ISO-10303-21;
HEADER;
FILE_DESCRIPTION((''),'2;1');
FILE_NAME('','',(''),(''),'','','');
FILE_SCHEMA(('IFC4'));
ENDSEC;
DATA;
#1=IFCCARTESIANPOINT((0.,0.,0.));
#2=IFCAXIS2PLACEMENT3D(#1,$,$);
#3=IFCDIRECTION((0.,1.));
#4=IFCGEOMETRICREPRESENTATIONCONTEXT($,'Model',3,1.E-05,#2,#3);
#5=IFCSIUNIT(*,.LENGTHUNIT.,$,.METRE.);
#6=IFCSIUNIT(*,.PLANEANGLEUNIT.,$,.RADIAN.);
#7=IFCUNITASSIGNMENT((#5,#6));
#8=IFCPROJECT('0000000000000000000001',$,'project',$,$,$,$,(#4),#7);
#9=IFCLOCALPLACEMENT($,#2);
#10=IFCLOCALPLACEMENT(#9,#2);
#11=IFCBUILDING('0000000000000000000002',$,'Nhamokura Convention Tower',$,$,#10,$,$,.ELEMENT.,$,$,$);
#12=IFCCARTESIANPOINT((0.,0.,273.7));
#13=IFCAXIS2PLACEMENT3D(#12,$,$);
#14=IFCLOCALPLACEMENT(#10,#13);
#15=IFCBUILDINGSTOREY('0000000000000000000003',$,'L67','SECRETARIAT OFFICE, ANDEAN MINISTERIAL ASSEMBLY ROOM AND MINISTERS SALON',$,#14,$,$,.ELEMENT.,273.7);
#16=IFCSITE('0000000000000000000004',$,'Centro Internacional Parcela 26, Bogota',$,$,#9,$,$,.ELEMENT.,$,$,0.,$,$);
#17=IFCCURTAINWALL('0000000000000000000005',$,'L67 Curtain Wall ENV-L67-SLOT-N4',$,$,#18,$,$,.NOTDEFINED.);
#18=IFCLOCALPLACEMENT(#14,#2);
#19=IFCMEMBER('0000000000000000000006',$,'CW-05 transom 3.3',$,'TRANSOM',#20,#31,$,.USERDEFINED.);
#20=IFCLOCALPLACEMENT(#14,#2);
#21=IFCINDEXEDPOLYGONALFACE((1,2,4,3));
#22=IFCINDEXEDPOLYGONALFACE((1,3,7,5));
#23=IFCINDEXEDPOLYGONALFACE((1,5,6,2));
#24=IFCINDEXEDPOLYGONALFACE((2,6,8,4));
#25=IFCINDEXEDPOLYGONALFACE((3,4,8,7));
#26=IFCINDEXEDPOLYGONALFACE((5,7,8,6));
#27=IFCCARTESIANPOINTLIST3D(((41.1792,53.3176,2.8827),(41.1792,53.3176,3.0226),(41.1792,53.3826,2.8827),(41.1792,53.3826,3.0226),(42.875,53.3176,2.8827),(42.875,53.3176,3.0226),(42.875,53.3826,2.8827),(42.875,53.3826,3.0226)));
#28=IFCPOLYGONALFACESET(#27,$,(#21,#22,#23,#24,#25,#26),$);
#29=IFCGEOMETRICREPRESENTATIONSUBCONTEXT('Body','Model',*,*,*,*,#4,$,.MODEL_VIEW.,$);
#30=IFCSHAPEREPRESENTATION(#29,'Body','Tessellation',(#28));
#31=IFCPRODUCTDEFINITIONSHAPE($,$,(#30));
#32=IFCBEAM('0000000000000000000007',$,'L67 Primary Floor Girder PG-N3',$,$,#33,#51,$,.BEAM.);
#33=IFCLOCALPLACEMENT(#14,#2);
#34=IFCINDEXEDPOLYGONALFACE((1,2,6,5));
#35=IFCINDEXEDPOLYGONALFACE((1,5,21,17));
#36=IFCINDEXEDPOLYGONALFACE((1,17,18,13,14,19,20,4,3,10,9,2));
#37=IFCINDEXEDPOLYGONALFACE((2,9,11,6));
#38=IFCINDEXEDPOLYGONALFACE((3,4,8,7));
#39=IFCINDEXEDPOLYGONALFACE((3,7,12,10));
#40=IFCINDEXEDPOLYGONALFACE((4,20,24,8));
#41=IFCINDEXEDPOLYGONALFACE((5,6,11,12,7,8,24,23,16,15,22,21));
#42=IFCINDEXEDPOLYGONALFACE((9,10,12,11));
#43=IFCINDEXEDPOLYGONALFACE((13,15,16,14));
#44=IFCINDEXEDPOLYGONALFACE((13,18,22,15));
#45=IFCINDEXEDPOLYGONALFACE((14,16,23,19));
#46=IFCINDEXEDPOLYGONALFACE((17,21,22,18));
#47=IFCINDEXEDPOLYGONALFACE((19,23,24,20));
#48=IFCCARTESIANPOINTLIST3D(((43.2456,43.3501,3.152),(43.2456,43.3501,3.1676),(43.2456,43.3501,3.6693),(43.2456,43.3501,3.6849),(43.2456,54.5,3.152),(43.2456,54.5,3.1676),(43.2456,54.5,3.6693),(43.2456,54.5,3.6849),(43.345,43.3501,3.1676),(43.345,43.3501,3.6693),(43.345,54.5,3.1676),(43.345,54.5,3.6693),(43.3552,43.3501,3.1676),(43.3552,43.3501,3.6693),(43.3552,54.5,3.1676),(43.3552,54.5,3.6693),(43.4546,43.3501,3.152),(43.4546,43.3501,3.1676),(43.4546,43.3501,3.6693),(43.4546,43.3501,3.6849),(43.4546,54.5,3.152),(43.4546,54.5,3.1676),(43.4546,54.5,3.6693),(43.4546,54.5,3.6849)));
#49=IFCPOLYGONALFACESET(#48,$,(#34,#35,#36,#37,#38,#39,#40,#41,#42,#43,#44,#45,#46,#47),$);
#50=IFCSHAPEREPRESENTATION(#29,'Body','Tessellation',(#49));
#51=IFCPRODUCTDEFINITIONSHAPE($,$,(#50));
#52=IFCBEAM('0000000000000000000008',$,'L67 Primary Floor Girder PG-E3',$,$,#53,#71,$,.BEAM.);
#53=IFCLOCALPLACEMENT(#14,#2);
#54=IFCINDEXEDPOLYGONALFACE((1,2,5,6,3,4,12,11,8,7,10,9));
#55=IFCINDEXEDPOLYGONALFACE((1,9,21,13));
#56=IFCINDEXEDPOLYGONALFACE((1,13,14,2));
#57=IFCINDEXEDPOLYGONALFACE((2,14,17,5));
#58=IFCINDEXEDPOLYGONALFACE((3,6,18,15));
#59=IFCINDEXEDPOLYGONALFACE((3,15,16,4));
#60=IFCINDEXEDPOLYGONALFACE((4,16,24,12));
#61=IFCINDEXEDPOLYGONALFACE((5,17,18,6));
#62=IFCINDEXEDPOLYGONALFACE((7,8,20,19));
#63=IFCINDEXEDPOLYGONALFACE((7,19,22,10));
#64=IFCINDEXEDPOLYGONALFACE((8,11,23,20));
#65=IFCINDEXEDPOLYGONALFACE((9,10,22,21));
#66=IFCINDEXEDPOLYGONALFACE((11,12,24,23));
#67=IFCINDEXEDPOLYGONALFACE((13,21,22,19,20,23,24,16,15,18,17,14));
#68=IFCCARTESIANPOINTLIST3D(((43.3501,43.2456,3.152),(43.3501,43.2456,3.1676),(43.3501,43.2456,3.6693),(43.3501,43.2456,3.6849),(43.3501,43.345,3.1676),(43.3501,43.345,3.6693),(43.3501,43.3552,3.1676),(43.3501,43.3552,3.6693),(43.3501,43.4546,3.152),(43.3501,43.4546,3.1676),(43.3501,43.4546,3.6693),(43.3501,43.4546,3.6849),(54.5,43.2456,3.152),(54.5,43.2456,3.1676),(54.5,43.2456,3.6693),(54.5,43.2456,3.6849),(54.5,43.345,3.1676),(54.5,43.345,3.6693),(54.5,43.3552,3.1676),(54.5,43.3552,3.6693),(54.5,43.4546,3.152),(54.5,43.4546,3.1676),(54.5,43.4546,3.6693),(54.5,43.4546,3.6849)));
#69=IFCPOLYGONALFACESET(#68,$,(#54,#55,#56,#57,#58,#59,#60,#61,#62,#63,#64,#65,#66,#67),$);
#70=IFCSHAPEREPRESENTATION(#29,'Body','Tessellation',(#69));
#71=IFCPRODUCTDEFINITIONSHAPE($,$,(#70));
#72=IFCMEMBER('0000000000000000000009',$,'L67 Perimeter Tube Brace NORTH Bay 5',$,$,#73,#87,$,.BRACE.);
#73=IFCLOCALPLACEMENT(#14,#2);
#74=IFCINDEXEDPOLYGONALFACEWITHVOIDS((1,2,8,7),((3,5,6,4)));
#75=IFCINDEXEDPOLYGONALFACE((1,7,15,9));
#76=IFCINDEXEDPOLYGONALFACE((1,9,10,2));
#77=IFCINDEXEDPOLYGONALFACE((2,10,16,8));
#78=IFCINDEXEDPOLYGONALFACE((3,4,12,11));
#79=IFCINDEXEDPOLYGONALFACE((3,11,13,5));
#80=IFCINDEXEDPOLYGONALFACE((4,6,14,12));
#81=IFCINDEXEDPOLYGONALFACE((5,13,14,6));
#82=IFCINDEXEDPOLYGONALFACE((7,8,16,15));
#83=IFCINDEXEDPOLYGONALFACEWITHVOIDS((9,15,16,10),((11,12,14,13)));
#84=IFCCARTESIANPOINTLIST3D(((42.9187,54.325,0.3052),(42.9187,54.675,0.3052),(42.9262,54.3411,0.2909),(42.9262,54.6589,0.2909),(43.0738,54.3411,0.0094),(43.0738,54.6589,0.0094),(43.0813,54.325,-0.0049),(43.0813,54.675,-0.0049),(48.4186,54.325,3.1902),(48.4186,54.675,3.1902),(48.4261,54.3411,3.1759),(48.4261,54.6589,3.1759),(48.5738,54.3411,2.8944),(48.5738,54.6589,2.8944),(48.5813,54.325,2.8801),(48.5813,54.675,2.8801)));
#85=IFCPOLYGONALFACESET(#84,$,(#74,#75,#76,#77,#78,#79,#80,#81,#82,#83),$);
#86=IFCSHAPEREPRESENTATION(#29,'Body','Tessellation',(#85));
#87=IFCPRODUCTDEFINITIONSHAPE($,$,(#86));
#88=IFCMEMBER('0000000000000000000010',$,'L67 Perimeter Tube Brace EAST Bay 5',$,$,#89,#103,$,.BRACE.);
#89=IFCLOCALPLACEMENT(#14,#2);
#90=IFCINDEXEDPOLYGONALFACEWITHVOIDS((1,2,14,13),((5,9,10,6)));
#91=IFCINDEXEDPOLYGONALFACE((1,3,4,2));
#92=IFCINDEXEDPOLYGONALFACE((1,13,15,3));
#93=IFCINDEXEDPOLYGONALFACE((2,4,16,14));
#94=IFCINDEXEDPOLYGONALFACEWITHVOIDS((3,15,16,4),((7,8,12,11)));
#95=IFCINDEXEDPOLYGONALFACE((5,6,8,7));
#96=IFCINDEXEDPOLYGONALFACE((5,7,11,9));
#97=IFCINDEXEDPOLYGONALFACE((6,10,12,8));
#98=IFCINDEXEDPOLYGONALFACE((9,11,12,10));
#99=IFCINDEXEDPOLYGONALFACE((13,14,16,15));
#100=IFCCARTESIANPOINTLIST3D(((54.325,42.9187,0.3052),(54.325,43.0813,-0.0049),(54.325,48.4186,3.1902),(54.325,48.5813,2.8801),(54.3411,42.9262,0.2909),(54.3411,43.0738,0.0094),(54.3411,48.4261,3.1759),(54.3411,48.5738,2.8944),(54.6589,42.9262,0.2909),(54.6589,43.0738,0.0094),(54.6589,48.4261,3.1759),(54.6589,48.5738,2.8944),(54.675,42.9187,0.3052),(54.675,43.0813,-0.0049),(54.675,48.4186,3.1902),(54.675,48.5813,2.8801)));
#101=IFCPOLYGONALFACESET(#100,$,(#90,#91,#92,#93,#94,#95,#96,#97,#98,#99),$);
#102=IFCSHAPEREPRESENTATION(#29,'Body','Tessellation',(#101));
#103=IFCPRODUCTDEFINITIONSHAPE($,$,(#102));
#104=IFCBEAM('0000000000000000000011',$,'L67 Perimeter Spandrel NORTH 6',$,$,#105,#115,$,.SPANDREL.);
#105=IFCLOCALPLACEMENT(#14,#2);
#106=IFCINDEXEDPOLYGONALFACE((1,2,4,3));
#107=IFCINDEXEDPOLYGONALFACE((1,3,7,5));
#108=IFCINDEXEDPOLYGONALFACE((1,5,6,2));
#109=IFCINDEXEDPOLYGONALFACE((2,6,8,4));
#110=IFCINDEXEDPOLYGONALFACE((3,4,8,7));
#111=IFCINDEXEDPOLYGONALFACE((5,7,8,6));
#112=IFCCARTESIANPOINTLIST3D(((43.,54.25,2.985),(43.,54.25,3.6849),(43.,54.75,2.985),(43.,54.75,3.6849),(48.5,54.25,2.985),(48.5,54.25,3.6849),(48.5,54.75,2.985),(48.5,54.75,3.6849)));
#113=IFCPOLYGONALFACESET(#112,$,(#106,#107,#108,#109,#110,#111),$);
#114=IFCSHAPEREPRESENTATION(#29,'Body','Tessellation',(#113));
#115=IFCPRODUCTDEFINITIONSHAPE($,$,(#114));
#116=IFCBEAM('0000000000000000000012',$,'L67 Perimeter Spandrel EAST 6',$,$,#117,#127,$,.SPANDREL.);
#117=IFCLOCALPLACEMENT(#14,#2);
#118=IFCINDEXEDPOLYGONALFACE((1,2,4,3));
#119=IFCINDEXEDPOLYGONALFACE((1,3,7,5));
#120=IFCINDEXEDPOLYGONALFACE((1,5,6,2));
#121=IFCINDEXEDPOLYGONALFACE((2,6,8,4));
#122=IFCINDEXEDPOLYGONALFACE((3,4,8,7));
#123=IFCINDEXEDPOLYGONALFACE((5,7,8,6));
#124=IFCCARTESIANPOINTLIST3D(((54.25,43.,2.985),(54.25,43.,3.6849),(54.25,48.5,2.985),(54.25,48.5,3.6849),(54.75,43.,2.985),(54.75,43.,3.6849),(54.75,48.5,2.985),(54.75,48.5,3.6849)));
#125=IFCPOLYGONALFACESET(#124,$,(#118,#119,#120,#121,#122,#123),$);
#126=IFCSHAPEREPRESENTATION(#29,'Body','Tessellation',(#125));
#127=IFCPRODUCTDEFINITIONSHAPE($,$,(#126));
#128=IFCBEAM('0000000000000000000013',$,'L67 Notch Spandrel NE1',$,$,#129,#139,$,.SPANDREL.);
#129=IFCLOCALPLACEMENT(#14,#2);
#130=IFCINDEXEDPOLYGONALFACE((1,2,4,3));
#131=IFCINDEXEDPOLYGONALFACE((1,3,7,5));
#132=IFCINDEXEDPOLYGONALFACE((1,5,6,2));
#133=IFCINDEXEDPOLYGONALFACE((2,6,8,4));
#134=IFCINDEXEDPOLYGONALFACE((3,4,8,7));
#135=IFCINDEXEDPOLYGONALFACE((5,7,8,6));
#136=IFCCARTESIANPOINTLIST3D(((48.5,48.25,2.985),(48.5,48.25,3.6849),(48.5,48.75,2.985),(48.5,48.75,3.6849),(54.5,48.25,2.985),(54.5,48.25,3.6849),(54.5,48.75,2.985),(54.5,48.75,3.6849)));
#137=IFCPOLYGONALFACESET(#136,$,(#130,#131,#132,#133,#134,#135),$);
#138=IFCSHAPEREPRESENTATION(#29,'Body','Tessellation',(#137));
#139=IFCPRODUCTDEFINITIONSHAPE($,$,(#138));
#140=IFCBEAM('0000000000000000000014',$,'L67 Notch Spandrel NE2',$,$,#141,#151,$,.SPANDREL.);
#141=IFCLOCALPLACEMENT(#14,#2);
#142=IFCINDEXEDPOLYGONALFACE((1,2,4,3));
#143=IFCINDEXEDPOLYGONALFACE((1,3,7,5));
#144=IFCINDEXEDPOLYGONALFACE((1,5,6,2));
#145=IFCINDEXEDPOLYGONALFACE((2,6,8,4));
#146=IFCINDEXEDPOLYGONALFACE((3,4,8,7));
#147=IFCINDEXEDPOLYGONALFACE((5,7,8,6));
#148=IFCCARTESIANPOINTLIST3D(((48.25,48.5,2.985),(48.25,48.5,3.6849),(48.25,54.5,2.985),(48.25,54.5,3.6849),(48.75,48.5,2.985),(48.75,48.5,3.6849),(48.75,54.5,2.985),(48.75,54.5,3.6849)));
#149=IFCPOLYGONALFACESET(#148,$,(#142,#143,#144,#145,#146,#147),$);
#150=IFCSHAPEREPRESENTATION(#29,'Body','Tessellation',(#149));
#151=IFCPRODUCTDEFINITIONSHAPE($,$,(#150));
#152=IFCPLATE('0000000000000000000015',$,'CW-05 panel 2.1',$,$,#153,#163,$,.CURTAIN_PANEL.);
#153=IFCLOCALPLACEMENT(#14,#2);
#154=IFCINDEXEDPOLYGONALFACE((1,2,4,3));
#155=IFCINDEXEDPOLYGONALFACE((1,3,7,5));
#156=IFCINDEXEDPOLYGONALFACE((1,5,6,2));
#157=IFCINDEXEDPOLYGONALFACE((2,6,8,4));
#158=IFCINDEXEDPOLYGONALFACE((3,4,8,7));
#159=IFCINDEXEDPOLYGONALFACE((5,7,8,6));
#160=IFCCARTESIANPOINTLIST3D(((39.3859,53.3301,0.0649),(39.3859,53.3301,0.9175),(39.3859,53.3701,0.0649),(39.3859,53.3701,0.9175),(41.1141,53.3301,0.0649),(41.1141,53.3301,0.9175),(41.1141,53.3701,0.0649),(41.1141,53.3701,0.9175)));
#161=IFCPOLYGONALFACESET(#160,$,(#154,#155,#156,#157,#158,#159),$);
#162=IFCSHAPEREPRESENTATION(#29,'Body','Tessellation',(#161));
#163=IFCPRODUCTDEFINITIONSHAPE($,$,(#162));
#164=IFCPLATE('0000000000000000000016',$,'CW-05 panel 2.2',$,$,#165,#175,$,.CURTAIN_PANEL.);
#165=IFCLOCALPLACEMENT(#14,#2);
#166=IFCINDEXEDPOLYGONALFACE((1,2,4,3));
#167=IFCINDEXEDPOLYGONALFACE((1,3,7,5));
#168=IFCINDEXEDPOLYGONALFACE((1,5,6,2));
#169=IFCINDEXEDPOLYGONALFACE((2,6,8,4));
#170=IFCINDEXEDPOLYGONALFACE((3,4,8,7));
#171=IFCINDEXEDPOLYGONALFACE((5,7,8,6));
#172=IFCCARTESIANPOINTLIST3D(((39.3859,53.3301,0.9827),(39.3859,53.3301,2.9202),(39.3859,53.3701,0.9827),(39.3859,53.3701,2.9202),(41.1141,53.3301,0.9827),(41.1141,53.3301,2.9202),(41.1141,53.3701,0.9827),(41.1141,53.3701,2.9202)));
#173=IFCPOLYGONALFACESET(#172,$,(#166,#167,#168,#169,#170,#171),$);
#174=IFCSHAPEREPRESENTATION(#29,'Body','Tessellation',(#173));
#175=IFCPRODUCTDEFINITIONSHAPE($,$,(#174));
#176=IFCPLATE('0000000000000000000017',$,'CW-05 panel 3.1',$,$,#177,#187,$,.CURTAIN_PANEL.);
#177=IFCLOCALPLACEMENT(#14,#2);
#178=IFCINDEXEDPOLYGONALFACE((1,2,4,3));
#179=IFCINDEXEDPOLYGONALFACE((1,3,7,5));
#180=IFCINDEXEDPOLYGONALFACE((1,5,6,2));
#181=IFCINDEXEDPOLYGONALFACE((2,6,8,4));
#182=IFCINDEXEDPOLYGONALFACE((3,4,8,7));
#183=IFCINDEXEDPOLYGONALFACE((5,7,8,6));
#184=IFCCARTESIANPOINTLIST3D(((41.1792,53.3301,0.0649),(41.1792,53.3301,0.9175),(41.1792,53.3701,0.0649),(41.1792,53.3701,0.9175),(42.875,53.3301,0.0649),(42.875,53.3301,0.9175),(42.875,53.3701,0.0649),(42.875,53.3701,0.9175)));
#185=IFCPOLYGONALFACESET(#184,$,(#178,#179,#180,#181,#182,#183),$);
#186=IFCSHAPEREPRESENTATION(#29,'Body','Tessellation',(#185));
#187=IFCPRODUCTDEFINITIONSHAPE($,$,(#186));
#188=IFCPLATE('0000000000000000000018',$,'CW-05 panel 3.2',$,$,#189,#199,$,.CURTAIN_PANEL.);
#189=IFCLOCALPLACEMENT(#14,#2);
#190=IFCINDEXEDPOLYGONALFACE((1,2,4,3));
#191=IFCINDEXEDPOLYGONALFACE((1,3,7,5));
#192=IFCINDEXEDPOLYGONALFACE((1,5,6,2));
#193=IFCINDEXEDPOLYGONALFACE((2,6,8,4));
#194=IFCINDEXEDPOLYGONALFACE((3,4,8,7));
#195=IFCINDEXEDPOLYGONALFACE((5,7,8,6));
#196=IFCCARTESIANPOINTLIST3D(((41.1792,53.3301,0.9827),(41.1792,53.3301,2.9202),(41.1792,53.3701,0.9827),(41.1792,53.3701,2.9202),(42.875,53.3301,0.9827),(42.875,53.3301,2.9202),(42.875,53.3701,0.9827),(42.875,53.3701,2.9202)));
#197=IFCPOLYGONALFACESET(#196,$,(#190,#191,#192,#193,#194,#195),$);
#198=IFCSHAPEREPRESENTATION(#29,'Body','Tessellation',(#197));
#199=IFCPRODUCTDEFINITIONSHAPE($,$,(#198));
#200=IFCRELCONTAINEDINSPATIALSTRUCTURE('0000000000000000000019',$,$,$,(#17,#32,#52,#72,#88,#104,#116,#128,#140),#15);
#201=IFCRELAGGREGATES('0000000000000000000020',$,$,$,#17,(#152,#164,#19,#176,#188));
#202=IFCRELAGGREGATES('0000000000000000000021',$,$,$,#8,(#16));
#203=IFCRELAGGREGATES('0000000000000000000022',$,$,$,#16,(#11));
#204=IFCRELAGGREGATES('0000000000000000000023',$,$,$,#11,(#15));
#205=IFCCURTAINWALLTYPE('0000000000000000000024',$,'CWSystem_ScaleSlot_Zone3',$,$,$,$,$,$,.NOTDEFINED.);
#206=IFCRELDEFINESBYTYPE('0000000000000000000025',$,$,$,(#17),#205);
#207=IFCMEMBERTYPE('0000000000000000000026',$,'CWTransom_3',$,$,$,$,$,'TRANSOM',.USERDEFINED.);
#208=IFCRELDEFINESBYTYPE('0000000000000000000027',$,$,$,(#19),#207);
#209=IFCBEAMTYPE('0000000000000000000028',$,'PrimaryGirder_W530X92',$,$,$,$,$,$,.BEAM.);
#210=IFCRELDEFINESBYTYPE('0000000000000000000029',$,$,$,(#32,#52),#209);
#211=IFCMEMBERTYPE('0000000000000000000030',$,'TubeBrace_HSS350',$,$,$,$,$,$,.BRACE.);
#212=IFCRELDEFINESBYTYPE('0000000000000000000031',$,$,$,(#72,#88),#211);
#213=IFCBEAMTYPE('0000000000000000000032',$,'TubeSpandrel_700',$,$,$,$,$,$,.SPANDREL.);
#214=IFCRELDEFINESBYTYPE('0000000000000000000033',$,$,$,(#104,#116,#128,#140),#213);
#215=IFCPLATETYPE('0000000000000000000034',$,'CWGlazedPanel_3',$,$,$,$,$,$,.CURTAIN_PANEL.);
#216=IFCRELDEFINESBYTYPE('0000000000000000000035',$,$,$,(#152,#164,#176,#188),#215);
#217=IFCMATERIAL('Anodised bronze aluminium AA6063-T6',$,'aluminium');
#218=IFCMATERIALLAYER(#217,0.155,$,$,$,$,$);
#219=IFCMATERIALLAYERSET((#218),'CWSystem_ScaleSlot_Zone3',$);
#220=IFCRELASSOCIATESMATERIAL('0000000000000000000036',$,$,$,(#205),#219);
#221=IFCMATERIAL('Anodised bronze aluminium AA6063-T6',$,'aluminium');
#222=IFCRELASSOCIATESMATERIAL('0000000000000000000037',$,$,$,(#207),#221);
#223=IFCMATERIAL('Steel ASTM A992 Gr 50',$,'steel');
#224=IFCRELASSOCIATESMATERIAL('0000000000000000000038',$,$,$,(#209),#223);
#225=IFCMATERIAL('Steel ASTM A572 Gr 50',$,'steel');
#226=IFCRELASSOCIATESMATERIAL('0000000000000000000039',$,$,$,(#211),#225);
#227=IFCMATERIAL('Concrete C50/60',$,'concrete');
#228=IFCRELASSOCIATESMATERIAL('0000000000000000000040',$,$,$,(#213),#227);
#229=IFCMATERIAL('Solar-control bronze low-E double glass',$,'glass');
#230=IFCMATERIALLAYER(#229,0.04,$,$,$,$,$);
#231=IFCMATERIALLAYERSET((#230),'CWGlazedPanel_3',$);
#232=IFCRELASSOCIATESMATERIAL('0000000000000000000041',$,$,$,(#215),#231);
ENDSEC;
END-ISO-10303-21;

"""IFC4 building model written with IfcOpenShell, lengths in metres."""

from ifc_helpers import new_model, si_unit, direction, frame, origin, origin_2d, place, context, subcontext, project, spatial, rectangle, hollow_rectangle, i_section, extrude, material, layer, layer_set, material_profile, profile_set, type_object, element, aggregate, save


model = new_model("IFC4")

# Units and contexts
model_context = context("Model", 3, precision=1e-05, world=origin(), true_north=direction((0.0, 1.0)))
body_context = subcontext(model_context, "Body", "Model", "MODEL_VIEW")
ifc_project = project(units=[si_unit("LENGTHUNIT", "METRE"), si_unit("PLANEANGLEUNIT", "RADIAN")], contexts=[model_context])

# Site, building, storey
site_placement = place(None, origin())
site = spatial("IfcSite", under=ifc_project, at=site_placement, Name="Centro Internacional Parcela 26, Bogota", CompositionType="ELEMENT", RefElevation=0.0)
building_placement = place(site_placement, origin())
building = spatial("IfcBuilding", under=site, at=building_placement, Name="Nhamokura Convention Tower", CompositionType="ELEMENT")
storey_placement = place(building_placement, frame((0.0, 0.0, 273.7)))
storey = spatial("IfcBuildingStorey", under=building, at=storey_placement, Name="L67", Description="SECRETARIAT OFFICE, ANDEAN MINISTERIAL ASSEMBLY ROOM AND MINISTERS SALON", CompositionType="ELEMENT", Elevation=273.7)

# Curtain wall, member
ifc_material_1 = material(Name="Anodised bronze aluminium AA6063-T6", Category="aluminium")
ifc_layer_1 = layer(ifc_material_1, 0.155)
ifc_layer_set_1 = layer_set([ifc_layer_1], Name="CWSystem_ScaleSlot_Zone3")
curtain_wall_type = type_object("IfcCurtainWallType", Name="CWSystem_ScaleSlot_Zone3", PredefinedType="NOTDEFINED", material=ifc_layer_set_1)
curtain_wall_placement = place(storey_placement, origin())
curtain_wall = element("IfcCurtainWall", 1, at=curtain_wall_placement, inside=storey, type_object=curtain_wall_type, Name="L67 Curtain Wall ENV-L67-SLOT-N4", PredefinedType="NOTDEFINED")
ifc_material_2 = material(Name="Anodised bronze aluminium AA6063-T6", Category="aluminium")
ifc_material_profile_1 = material_profile(ifc_material_2, rectangle(XDim=0.0649, YDim=0.1399, at=origin_2d()))
ifc_profile_set_1 = profile_set([ifc_material_profile_1], Name="Anodised bronze aluminium AA6063-T6")
member_type_1 = type_object("IfcMemberType", Name="CWTransom_3", ElementType="TRANSOM", PredefinedType="USERDEFINED", material=ifc_profile_set_1)
member_1_placement = place(storey_placement, frame((41.1792, 53.3501, 2.9526), z_axis=(1.0, 0.0, 0.0), x_axis=(0.0, 1.0, 0.0)))
member_1 = element("IfcMember", 2, at=member_1_placement, type_object=member_type_1, Name="CW-05 transom 3.3", ObjectType="TRANSOM", PredefinedType="USERDEFINED", context=body_context, shape_type="SweptSolid", body=[
    extrude(rectangle(XDim=0.0649, YDim=0.1399, at=origin_2d()), origin(), (0.0, 0.0, 1.0), 1.6958),
])

# Beams
ifc_material_3 = material(Name="Steel ASTM A992 Gr 50", Category="steel")
ifc_material_profile_2 = material_profile(ifc_material_3, i_section(OverallWidth=0.209, OverallDepth=0.533, WebThickness=0.0103, FlangeThickness=0.0156, at=origin_2d()))
ifc_profile_set_2 = profile_set([ifc_material_profile_2], Name="Steel ASTM A992 Gr 50")
beam_type_1 = type_object("IfcBeamType", Name="PrimaryGirder_W530X92", PredefinedType="BEAM", material=ifc_profile_set_2)
for number, where, z_axis, x_axis, name in (
    (3, (43.3501, 43.3501, 3.4185), (0.0, 1.0, 0.0), (-1.0, 0.0, 0.0), "L67 Primary Floor Girder PG-N3"),
    (4, (43.3501, 43.3501, 3.4185), (1.0, 0.0, 0.0), (0.0, 1.0, 0.0), "L67 Primary Floor Girder PG-E3"),
):
    element("IfcBeam", number, at=place(storey_placement, frame(where, z_axis=z_axis, x_axis=x_axis)), inside=storey, type_object=beam_type_1, Name=name, PredefinedType="BEAM", context=body_context, shape_type="SweptSolid", body=[
        extrude(i_section(OverallWidth=0.209, OverallDepth=0.533, WebThickness=0.0103, FlangeThickness=0.0156, at=origin_2d()), origin(), (0.0, 0.0, 1.0), 11.1499),
    ])

# Members
ifc_material_4 = material(Name="Steel ASTM A572 Gr 50", Category="steel")
ifc_material_profile_3 = material_profile(ifc_material_4, hollow_rectangle(XDim=0.3501, YDim=0.3501, WallThickness=0.0161, at=origin_2d()))
ifc_profile_set_3 = profile_set([ifc_material_profile_3], Name="Steel ASTM A572 Gr 50")
member_type_2 = type_object("IfcMemberType", Name="TubeBrace_HSS350", PredefinedType="BRACE", material=ifc_profile_set_3)
for number, where, z_axis, x_axis, name in (
    (5, (43.0, 54.5, 0.1501), (0.885563, 0.0, 0.46452), (0.0, 1.0, 0.0), "L67 Perimeter Tube Brace NORTH Bay 5"),
    (6, (54.5, 43.0, 0.1501), (0.0, 0.885563, 0.46452), (-1.0, 0.0, 0.0), "L67 Perimeter Tube Brace EAST Bay 5"),
):
    element("IfcMember", number, at=place(storey_placement, frame(where, z_axis=z_axis, x_axis=x_axis)), inside=storey, type_object=member_type_2, Name=name, PredefinedType="BRACE", context=body_context, shape_type="SweptSolid", body=[
        extrude(hollow_rectangle(XDim=0.3501, YDim=0.3501, WallThickness=0.0161, at=origin_2d()), origin(), (0.0, 0.0, 1.0), 6.2107),
    ])

# Beams
ifc_material_5 = material(Name="Concrete C50/60", Category="concrete")
ifc_material_profile_4 = material_profile(ifc_material_5, rectangle(XDim=0.5, YDim=0.7, at=origin_2d()))
ifc_profile_set_4 = profile_set([ifc_material_profile_4], Name="Concrete C50/60")
beam_type_2 = type_object("IfcBeamType", Name="TubeSpandrel_700", PredefinedType="SPANDREL", material=ifc_profile_set_4)
for number, where, z_axis, x_axis, name in (
    (7, (43.0, 54.5, 3.335), (1.0, 0.0, 0.0), (0.0, 1.0, 0.0), "L67 Perimeter Spandrel NORTH 6"),
    (8, (54.5, 43.0, 3.335), (0.0, 1.0, 0.0), (-1.0, 0.0, 0.0), "L67 Perimeter Spandrel EAST 6"),
):
    element("IfcBeam", number, at=place(storey_placement, frame(where, z_axis=z_axis, x_axis=x_axis)), inside=storey, type_object=beam_type_2, Name=name, PredefinedType="SPANDREL", context=body_context, shape_type="SweptSolid", body=[
        extrude(rectangle(XDim=0.5, YDim=0.7, at=origin_2d()), origin(), (0.0, 0.0, 1.0), 5.5),
    ])
for number, where, z_axis, x_axis, name in (
    (9, (54.5, 48.5, 3.335), (-1.0, 0.0, 0.0), (0.0, -1.0, 0.0), "L67 Notch Spandrel NE1"),
    (10, (48.5, 48.5, 3.335), (0.0, 1.0, 0.0), (-1.0, 0.0, 0.0), "L67 Notch Spandrel NE2"),
):
    element("IfcBeam", number, at=place(storey_placement, frame(where, z_axis=z_axis, x_axis=x_axis)), inside=storey, type_object=beam_type_2, Name=name, PredefinedType="SPANDREL", context=body_context, shape_type="SweptSolid", body=[
        extrude(rectangle(XDim=0.5, YDim=0.7, at=origin_2d()), origin(), (0.0, 0.0, 1.0), 6.0),
    ])

# Plates
ifc_material_6 = material(Name="Solar-control bronze low-E double glass", Category="glass")
ifc_layer_2 = layer(ifc_material_6, 0.04)
ifc_layer_set_2 = layer_set([ifc_layer_2], Name="CWGlazedPanel_3")
plate_type = type_object("IfcPlateType", Name="CWGlazedPanel_3", PredefinedType="CURTAIN_PANEL", material=ifc_layer_set_2)
plate_1_placement = place(storey_placement, frame((40.25, 53.3501, 0.0649), z_axis=(0.0, 0.0, 1.0), x_axis=(1.0, 0.0, 0.0)))
plate_1 = element("IfcPlate", 11, at=plate_1_placement, type_object=plate_type, Name="CW-05 panel 2.1", PredefinedType="CURTAIN_PANEL", context=body_context, shape_type="SweptSolid", body=[
    extrude(rectangle(XDim=1.7283, YDim=0.04, at=origin_2d()), origin(), (0.0, 0.0, 1.0), 0.8525),
])
plate_2_placement = place(storey_placement, frame((40.25, 53.3501, 0.9827), z_axis=(0.0, 0.0, 1.0), x_axis=(1.0, 0.0, 0.0)))
plate_2 = element("IfcPlate", 12, at=plate_2_placement, type_object=plate_type, Name="CW-05 panel 2.2", PredefinedType="CURTAIN_PANEL", context=body_context, shape_type="SweptSolid", body=[
    extrude(rectangle(XDim=1.7283, YDim=0.04, at=origin_2d()), origin(), (0.0, 0.0, 1.0), 1.9375),
])
plate_3_placement = place(storey_placement, frame((42.0271, 53.3501, 0.0649), z_axis=(0.0, 0.0, 1.0), x_axis=(1.0, 0.0, 0.0)))
plate_3 = element("IfcPlate", 13, at=plate_3_placement, type_object=plate_type, Name="CW-05 panel 3.1", PredefinedType="CURTAIN_PANEL", context=body_context, shape_type="SweptSolid", body=[
    extrude(rectangle(XDim=1.6958, YDim=0.04, at=origin_2d()), origin(), (0.0, 0.0, 1.0), 0.8525),
])
plate_4_placement = place(storey_placement, frame((42.0271, 53.3501, 0.9827), z_axis=(0.0, 0.0, 1.0), x_axis=(1.0, 0.0, 0.0)))
plate_4 = element("IfcPlate", 14, at=plate_4_placement, type_object=plate_type, Name="CW-05 panel 3.2", PredefinedType="CURTAIN_PANEL", context=body_context, shape_type="SweptSolid", body=[
    extrude(rectangle(XDim=1.6958, YDim=0.04, at=origin_2d()), origin(), (0.0, 0.0, 1.0), 1.9375),
])
aggregate(curtain_wall, [plate_1, plate_2, member_1, plate_3, plate_4])

save(model, "model.ifc")
